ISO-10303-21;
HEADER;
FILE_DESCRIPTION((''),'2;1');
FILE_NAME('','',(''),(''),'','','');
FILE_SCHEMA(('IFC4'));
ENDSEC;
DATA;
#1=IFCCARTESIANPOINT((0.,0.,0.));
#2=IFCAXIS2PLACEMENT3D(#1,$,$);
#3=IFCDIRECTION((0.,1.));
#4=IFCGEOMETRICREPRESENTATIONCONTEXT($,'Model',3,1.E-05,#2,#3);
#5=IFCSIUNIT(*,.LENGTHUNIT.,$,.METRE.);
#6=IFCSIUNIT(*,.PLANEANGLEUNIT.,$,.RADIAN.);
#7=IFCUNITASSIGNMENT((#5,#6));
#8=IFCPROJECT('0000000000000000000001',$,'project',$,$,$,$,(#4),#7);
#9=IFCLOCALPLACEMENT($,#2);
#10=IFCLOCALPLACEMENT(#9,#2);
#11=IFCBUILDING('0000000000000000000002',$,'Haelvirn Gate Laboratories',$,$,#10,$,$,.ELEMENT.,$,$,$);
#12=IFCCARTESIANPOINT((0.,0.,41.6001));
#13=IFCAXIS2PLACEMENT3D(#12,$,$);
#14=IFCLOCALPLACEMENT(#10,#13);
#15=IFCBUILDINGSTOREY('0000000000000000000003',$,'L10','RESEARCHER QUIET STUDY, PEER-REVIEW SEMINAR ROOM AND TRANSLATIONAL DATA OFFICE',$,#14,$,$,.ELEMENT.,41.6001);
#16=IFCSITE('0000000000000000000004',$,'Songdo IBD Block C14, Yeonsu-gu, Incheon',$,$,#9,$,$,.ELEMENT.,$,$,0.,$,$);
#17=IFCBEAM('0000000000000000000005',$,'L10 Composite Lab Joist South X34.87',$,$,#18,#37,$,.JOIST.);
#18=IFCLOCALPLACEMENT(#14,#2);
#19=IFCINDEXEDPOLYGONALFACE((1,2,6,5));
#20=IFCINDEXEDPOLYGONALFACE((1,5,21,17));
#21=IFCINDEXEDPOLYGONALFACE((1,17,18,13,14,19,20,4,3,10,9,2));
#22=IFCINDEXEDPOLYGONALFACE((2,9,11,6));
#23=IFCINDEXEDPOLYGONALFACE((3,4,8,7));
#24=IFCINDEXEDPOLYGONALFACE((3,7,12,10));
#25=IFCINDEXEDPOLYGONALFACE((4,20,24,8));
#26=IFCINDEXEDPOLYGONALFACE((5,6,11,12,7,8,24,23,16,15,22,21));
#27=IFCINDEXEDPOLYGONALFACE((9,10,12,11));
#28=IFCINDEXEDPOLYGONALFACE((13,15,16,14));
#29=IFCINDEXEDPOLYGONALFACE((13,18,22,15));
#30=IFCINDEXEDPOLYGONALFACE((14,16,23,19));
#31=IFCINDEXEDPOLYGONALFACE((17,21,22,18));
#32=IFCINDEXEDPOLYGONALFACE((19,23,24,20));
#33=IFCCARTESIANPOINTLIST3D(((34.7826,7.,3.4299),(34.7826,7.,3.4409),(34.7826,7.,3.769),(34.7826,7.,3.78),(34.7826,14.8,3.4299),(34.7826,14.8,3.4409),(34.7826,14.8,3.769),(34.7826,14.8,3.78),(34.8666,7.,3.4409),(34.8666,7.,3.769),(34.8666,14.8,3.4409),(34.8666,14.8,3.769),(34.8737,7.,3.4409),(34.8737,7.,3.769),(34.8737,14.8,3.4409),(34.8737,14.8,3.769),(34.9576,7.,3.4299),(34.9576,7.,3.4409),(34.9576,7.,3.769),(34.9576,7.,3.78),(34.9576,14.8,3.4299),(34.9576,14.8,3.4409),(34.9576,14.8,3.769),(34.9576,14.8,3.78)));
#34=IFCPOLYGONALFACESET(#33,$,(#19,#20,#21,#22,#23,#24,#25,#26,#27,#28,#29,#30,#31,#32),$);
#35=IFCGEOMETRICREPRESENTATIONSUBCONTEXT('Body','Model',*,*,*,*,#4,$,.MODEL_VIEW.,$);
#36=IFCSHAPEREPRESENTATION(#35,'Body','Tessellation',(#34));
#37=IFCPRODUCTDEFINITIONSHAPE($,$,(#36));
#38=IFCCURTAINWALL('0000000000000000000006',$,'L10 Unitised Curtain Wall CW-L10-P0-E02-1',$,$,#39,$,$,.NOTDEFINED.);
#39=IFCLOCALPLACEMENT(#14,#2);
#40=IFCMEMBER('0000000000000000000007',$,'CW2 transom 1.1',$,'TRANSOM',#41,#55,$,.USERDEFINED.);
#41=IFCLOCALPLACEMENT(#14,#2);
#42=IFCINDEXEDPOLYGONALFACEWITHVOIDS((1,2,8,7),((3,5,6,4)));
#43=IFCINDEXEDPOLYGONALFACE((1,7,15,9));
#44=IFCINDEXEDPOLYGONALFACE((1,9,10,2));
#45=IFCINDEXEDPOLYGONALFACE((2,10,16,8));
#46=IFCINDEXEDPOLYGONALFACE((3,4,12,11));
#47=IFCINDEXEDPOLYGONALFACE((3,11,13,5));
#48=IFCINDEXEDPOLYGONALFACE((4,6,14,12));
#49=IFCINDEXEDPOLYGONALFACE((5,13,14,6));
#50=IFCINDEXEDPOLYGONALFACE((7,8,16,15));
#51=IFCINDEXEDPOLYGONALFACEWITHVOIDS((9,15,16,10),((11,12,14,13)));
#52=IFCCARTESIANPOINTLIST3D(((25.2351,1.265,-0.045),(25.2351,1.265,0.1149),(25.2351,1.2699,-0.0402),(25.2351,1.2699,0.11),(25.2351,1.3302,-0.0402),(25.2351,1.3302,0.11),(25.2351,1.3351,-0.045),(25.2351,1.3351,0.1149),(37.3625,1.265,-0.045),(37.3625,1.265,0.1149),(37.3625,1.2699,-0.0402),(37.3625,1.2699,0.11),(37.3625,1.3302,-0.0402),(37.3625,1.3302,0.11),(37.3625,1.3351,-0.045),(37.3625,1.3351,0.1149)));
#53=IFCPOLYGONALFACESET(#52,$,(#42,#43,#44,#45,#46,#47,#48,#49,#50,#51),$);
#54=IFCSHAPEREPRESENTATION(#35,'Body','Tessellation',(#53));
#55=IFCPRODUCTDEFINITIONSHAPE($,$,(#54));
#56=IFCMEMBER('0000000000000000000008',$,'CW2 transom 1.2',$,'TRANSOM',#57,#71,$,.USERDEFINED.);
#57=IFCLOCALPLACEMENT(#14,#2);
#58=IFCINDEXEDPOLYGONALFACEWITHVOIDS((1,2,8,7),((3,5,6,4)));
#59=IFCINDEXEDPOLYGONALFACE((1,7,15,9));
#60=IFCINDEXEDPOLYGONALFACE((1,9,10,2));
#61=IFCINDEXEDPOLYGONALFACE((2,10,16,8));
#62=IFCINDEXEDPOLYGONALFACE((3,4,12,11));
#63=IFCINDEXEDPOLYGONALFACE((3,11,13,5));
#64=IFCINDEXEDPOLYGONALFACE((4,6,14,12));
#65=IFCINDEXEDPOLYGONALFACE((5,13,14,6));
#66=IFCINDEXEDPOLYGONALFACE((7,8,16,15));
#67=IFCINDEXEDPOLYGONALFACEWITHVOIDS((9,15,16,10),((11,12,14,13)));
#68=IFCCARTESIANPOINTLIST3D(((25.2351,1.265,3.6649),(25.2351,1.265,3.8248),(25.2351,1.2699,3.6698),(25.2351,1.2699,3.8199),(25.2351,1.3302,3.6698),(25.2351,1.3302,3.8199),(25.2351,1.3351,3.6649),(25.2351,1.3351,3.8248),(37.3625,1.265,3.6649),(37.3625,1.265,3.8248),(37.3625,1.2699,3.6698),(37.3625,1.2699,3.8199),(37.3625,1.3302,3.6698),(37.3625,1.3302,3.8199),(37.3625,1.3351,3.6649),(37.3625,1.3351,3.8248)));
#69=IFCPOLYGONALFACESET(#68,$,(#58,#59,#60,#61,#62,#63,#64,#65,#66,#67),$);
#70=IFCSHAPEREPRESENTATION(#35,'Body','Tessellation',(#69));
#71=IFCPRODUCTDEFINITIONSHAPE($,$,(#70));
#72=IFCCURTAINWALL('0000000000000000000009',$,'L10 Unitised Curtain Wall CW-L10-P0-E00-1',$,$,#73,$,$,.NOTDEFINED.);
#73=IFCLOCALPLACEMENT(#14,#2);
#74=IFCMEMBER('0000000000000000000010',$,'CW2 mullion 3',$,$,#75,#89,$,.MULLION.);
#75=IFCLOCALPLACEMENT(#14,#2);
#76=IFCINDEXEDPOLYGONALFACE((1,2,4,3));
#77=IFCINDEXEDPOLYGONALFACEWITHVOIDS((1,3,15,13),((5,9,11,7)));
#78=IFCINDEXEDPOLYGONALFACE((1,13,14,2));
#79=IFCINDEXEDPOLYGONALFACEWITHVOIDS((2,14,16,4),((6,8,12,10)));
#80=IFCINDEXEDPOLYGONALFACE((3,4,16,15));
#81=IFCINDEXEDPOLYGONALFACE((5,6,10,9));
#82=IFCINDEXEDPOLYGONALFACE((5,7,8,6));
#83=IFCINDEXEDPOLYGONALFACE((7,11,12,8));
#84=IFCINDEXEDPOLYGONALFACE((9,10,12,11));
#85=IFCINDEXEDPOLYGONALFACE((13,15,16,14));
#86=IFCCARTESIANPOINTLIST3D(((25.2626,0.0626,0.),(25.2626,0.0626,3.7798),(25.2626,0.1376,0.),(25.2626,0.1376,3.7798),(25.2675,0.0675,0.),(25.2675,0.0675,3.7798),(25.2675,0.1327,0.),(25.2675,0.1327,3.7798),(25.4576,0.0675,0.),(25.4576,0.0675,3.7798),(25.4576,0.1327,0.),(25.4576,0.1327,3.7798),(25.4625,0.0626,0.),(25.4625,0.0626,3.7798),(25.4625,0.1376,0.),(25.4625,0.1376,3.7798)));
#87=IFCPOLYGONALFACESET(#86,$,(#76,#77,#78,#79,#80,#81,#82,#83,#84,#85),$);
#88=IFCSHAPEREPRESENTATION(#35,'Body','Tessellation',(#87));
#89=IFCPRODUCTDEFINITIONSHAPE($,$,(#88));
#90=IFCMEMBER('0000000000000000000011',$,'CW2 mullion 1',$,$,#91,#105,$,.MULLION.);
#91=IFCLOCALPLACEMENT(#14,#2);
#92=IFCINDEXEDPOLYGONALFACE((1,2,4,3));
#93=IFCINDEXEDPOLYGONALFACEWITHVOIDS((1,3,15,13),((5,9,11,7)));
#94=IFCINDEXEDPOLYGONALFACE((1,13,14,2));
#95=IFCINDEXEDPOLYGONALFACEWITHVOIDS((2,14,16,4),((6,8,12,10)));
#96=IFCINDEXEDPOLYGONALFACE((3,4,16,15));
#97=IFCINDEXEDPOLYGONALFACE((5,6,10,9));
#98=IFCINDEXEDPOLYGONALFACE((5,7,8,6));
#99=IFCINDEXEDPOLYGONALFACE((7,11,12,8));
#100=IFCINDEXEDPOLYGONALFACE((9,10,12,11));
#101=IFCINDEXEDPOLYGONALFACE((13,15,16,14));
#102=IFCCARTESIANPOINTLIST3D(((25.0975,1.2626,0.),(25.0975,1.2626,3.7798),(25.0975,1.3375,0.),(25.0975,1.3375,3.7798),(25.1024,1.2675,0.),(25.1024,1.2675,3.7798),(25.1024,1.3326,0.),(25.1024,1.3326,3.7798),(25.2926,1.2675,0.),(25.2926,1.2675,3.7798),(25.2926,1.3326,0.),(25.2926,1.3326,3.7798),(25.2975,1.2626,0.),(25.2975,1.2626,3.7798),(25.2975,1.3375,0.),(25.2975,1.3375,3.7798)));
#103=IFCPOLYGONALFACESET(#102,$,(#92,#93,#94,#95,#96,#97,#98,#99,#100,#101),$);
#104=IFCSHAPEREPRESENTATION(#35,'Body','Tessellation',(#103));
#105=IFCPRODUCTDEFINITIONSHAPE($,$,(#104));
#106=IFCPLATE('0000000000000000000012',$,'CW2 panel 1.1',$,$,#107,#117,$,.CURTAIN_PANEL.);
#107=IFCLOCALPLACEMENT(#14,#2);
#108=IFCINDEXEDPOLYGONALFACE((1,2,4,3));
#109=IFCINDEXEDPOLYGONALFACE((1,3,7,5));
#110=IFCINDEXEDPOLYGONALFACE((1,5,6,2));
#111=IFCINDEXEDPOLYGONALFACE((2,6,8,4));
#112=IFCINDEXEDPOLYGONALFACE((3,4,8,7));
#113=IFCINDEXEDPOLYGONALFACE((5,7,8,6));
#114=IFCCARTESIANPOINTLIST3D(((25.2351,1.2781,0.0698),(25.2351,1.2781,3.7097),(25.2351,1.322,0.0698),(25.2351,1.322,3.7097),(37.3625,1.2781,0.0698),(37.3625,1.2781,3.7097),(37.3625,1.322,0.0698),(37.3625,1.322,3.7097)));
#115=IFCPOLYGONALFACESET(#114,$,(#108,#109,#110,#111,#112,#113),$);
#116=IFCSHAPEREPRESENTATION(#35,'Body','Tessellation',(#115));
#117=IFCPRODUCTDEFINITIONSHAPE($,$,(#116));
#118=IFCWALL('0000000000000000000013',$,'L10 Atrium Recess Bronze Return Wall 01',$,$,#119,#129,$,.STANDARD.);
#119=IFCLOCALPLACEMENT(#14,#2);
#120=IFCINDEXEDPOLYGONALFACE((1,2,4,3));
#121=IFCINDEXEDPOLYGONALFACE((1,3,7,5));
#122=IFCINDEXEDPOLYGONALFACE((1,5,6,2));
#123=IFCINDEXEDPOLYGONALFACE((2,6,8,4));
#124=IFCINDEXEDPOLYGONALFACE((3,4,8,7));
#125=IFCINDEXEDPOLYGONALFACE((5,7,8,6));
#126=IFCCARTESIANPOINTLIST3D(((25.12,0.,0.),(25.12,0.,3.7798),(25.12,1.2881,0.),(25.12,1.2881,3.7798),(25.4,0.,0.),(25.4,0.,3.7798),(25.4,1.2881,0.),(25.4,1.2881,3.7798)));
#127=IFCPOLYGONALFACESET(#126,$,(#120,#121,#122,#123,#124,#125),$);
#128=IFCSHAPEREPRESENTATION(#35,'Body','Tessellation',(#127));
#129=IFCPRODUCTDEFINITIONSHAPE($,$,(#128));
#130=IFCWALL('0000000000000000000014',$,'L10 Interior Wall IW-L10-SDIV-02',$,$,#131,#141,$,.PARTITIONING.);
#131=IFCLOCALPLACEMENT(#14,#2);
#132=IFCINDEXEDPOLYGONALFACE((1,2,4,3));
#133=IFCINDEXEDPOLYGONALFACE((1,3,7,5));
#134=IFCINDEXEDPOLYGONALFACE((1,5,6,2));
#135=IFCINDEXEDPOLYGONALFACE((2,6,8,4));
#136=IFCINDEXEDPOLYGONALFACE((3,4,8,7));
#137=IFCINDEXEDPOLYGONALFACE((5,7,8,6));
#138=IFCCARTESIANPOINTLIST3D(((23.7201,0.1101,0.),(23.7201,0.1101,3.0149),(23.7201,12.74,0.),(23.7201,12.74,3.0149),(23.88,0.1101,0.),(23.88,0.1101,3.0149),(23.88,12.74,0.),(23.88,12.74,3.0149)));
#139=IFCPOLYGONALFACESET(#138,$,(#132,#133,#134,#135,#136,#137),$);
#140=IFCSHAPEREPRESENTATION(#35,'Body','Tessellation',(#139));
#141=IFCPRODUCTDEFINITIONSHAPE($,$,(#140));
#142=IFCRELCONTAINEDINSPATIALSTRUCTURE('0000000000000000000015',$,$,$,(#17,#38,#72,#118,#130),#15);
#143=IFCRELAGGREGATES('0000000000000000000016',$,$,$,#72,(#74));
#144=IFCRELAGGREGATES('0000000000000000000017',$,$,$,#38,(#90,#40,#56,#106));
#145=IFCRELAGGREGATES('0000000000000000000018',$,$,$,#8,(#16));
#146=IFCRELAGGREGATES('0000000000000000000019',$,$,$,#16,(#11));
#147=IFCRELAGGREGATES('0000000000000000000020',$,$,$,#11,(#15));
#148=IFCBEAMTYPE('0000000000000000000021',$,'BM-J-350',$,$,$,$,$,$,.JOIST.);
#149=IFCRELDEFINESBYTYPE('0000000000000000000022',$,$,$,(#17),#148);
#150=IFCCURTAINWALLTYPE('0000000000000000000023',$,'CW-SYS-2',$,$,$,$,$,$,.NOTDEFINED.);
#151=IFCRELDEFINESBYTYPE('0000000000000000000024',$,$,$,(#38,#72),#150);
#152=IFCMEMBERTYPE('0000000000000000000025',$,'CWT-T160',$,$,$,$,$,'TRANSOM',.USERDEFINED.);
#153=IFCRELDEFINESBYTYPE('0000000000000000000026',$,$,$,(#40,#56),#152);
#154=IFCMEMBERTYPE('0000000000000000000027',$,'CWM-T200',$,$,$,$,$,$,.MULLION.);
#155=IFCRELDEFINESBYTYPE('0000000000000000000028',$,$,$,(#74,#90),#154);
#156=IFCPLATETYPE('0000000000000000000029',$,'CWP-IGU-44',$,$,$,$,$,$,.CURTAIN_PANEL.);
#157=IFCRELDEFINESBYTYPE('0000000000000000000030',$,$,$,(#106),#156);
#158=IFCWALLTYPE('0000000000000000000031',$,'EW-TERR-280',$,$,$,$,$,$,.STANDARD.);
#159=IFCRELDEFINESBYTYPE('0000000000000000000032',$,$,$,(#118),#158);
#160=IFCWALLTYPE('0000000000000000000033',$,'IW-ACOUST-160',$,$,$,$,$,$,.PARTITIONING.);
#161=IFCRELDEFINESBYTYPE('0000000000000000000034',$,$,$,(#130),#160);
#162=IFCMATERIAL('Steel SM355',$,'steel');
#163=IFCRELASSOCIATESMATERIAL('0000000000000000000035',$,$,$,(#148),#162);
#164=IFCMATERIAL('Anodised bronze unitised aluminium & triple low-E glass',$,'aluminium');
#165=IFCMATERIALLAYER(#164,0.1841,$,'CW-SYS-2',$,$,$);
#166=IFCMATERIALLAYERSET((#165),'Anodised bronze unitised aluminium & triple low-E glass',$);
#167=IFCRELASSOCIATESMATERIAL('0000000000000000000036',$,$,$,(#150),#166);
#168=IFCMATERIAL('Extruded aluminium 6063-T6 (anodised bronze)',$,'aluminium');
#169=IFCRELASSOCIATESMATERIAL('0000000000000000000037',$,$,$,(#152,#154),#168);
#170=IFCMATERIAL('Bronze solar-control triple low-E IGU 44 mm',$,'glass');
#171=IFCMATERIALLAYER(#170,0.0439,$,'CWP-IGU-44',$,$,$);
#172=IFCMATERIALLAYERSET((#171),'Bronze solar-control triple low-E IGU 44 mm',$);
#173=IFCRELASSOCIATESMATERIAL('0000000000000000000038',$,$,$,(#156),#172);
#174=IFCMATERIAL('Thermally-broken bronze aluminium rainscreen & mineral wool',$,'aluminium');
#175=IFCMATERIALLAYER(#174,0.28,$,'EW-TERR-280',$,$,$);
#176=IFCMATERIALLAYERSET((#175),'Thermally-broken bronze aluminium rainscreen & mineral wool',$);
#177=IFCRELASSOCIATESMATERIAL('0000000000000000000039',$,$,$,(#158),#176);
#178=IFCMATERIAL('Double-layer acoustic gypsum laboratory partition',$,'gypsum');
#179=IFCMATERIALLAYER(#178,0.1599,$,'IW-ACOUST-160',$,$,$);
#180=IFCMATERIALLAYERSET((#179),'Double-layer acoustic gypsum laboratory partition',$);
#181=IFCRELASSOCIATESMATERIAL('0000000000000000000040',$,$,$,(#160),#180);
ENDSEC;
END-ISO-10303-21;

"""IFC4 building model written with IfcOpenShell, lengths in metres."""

from ifc_helpers import new_model, si_unit, direction, frame, frame_2d, origin, origin_2d, place, context, subcontext, project, spatial, rectangle, hollow_rectangle, i_section, extrude, source, transform, mapped, material, layer, layer_set, material_profile, profile_set, type_object, type_shapes, element, aggregate, save


model = new_model("IFC4")

# Units and contexts
model_context = context("Model", 3, precision=1e-05, world=origin(), true_north=direction((0.0, 1.0)))
body_context = subcontext(model_context, "Body", "Model", "MODEL_VIEW")
ifc_project = project(units=[si_unit("LENGTHUNIT", "METRE"), si_unit("PLANEANGLEUNIT", "RADIAN")], contexts=[model_context])

# Site, building, storey
site_placement = place(None, origin())
site = spatial("IfcSite", under=ifc_project, at=site_placement, Name="Songdo IBD Block C14, Yeonsu-gu, Incheon", CompositionType="ELEMENT", RefElevation=0.0)
building_placement = place(site_placement, origin())
building = spatial("IfcBuilding", under=site, at=building_placement, Name="Haelvirn Gate Laboratories", CompositionType="ELEMENT")
storey_placement = place(building_placement, frame((0.0, 0.0, 41.6001)))
storey = spatial("IfcBuildingStorey", under=building, at=storey_placement, Name="L10", Description="RESEARCHER QUIET STUDY, PEER-REVIEW SEMINAR ROOM AND TRANSLATIONAL DATA OFFICE", CompositionType="ELEMENT", Elevation=41.6001)

# Beam
ifc_material_1 = material(Name="Steel SM355", Category="steel")
ifc_material_profile_1 = material_profile(ifc_material_1, i_section(OverallWidth=0.175, OverallDepth=0.3501, WebThickness=0.0071, FlangeThickness=0.011, at=origin_2d()), Name="H-350x175x7x11")
ifc_profile_set_1 = profile_set([ifc_material_profile_1], Name="Steel SM355")
beam_type_1 = type_object("IfcBeamType", Name="BM-J-350", PredefinedType="JOIST", material=ifc_profile_set_1)
shared_shape_1 = source(origin(), body_context, "Body", "SweptSolid", [
    extrude(i_section(OverallWidth=0.175, OverallDepth=0.3501, WebThickness=0.0071, FlangeThickness=0.011, at=origin_2d()), origin(), (0.0, 0.0, 1.0), 7.8),
])
type_shapes(beam_type_1, [shared_shape_1])
for number, where, z_axis, x_axis, name in (
    (1, (34.8701, 7.0, 3.605), (0.0, 1.0, 0.0), (-1.0, 0.0, 0.0), "L10 Composite Lab Joist South X34.87"),
):
    element("IfcBeam", number, at=place(storey_placement, frame(where, z_axis=z_axis, x_axis=x_axis)), inside=storey, type_object=beam_type_1, Name=name, PredefinedType="JOIST", context=body_context, shape_type="MappedRepresentation", body=[
        mapped(shared_shape_1, transform((0.0, 0.0, 0.0), scale=1.0)),
    ])

# Curtain wall, members
ifc_material_2 = material(Name="Anodised bronze unitised aluminium & triple low-E glass", Category="aluminium")
ifc_layer_1 = layer(ifc_material_2, 0.1841, Name="CW-SYS-2")
ifc_layer_set_1 = layer_set([ifc_layer_1], Name="Anodised bronze unitised aluminium & triple low-E glass")
curtain_wall_type = type_object("IfcCurtainWallType", Name="CW-SYS-2", PredefinedType="NOTDEFINED", material=ifc_layer_set_1)
curtain_wall_1_placement = place(storey_placement, origin())
curtain_wall_1 = element("IfcCurtainWall", 2, at=curtain_wall_1_placement, inside=storey, type_object=curtain_wall_type, Name="L10 Unitised Curtain Wall CW-L10-P0-E02-1", PredefinedType="NOTDEFINED")
ifc_material_3 = material(Name="Extruded aluminium 6063-T6 (anodised bronze)", Category="aluminium")
ifc_material_profile_2 = material_profile(ifc_material_3, hollow_rectangle(XDim=0.0701, YDim=0.1599, WallThickness=0.0049, at=origin_2d()), Name="CWT-160x70x5")
ifc_profile_set_2 = profile_set([ifc_material_profile_2], Name="Extruded aluminium 6063-T6 (anodised bronze)")
member_type_1 = type_object("IfcMemberType", Name="CWT-T160", ElementType="TRANSOM", PredefinedType="USERDEFINED", material=ifc_profile_set_2)
shared_shape_2 = source(origin(), body_context, "Body", "SweptSolid", [
    extrude(hollow_rectangle(XDim=0.0701, YDim=0.1599, WallThickness=0.0049, at=origin_2d()), origin(), (0.0, 0.0, 1.0), 12.1274),
])
type_shapes(member_type_1, [shared_shape_2])
member_1_placement = place(storey_placement, frame((25.2351, 1.3, 0.0349), z_axis=(1.0, 0.0, 0.0), x_axis=(0.0, 1.0, 0.0)))
member_1 = element("IfcMember", 3, at=member_1_placement, type_object=member_type_1, Name="CW2 transom 1.1", ObjectType="TRANSOM", PredefinedType="USERDEFINED", context=body_context, shape_type="MappedRepresentation", body=[
    mapped(shared_shape_2, transform((0.0, 0.0, 0.0), scale=1.0)),
])
member_2_placement = place(storey_placement, frame((25.2351, 1.3, 3.7449), z_axis=(1.0, 0.0, 0.0), x_axis=(0.0, 1.0, 0.0)))
member_2 = element("IfcMember", 4, at=member_2_placement, type_object=member_type_1, Name="CW2 transom 1.2", ObjectType="TRANSOM", PredefinedType="USERDEFINED", context=body_context, shape_type="MappedRepresentation", body=[
    mapped(shared_shape_2, transform((0.0, 0.0, 0.0), scale=1.0)),
])

# Curtain wall, member
curtain_wall_2_placement = place(storey_placement, origin())
curtain_wall_2 = element("IfcCurtainWall", 5, at=curtain_wall_2_placement, inside=storey, type_object=curtain_wall_type, Name="L10 Unitised Curtain Wall CW-L10-P0-E00-1", PredefinedType="NOTDEFINED")
ifc_material_profile_3 = material_profile(ifc_material_3, hollow_rectangle(XDim=0.075, YDim=0.2, WallThickness=0.0049, at=origin_2d()), Name="CWM-200x75x5")
ifc_profile_set_3 = profile_set([ifc_material_profile_3], Name="Extruded aluminium 6063-T6 (anodised bronze)")
member_type_2 = type_object("IfcMemberType", Name="CWM-T200", PredefinedType="MULLION", material=ifc_profile_set_3)
shared_shape_3 = source(origin(), body_context, "Body", "SweptSolid", [
    extrude(hollow_rectangle(XDim=0.075, YDim=0.2, WallThickness=0.0049, at=origin_2d()), origin(), (0.0, 0.0, 1.0), 3.7798),
])
type_shapes(member_type_2, [shared_shape_3])
member_3_placement = place(storey_placement, frame((25.3625, 0.1001, 0.0), z_axis=(0.0, 0.0, 1.0), x_axis=(0.0, 1.0, 0.0)))
member_3 = element("IfcMember", 6, at=member_3_placement, type_object=member_type_2, Name="CW2 mullion 3", PredefinedType="MULLION", context=body_context, shape_type="MappedRepresentation", body=[
    mapped(shared_shape_3, transform((0.0, 0.0, 0.0), scale=1.0)),
])
aggregate(curtain_wall_2, [member_3])

# Member
member_4_placement = place(storey_placement, frame((25.1975, 1.3, 0.0), z_axis=(0.0, 0.0, 1.0), x_axis=(0.0, 1.0, 0.0)))
member_4 = element("IfcMember", 7, at=member_4_placement, type_object=member_type_2, Name="CW2 mullion 1", PredefinedType="MULLION", context=body_context, shape_type="MappedRepresentation", body=[
    mapped(shared_shape_3, transform((0.0, 0.0, 0.0), scale=1.0)),
])

# Plate
ifc_material_4 = material(Name="Bronze solar-control triple low-E IGU 44 mm", Category="glass")
ifc_layer_2 = layer(ifc_material_4, 0.0439, Name="CWP-IGU-44")
ifc_layer_set_2 = layer_set([ifc_layer_2], Name="Bronze solar-control triple low-E IGU 44 mm")
plate_type = type_object("IfcPlateType", Name="CWP-IGU-44", PredefinedType="CURTAIN_PANEL", material=ifc_layer_set_2)
shared_shape_4 = source(origin(), body_context, "Body", "SweptSolid", [
    extrude(rectangle(XDim=12.1274, YDim=0.0439, at=origin_2d()), origin(), (0.0, 0.0, 1.0), 3.6399),
])
type_shapes(plate_type, [shared_shape_4])
plate_placement = place(storey_placement, frame((31.2988, 1.3, 0.0698), z_axis=(0.0, 0.0, 1.0), x_axis=(1.0, 0.0, 0.0)))
plate = element("IfcPlate", 8, at=plate_placement, type_object=plate_type, Name="CW2 panel 1.1", PredefinedType="CURTAIN_PANEL", context=body_context, shape_type="MappedRepresentation", body=[
    mapped(shared_shape_4, transform((0.0, 0.0, 0.0), scale=1.0)),
])
aggregate(curtain_wall_1, [member_4, member_1, member_2, plate])

# Walls
ifc_material_5 = material(Name="Thermally-broken bronze aluminium rainscreen & mineral wool", Category="aluminium")
ifc_layer_3 = layer(ifc_material_5, 0.28, Name="EW-TERR-280")
ifc_layer_set_3 = layer_set([ifc_layer_3], Name="Thermally-broken bronze aluminium rainscreen & mineral wool")
wall_type_1 = type_object("IfcWallType", Name="EW-TERR-280", PredefinedType="STANDARD", material=ifc_layer_set_3)
wall_1_placement = place(storey_placement, frame((25.26, 0.0, 0.0), z_axis=(0.0, 0.0, 1.0), x_axis=(0.0, 1.0, 0.0)))
element("IfcWall", 9, at=wall_1_placement, inside=storey, type_object=wall_type_1, Name="L10 Atrium Recess Bronze Return Wall 01", PredefinedType="STANDARD", context=body_context, shape_type="SweptSolid", body=[
    extrude(rectangle(XDim=1.2881, YDim=0.28, at=frame_2d((0.644, 0.0))), origin(), (0.0, 0.0, 1.0), 3.7798),
])
ifc_material_6 = material(Name="Double-layer acoustic gypsum laboratory partition", Category="gypsum")
ifc_layer_4 = layer(ifc_material_6, 0.1599, Name="IW-ACOUST-160")
ifc_layer_set_4 = layer_set([ifc_layer_4], Name="Double-layer acoustic gypsum laboratory partition")
wall_type_2 = type_object("IfcWallType", Name="IW-ACOUST-160", PredefinedType="PARTITIONING", material=ifc_layer_set_4)
wall_2_placement = place(storey_placement, frame((23.8, 0.1101, 0.0), z_axis=(0.0, 0.0, 1.0), x_axis=(0.0, 1.0, 0.0)))
element("IfcWall", 10, at=wall_2_placement, inside=storey, type_object=wall_type_2, Name="L10 Interior Wall IW-L10-SDIV-02", PredefinedType="PARTITIONING", context=body_context, shape_type="SweptSolid", body=[
    extrude(rectangle(XDim=12.6299, YDim=0.1599, at=frame_2d((6.3149, 0.0))), origin(), (0.0, 0.0, 1.0), 3.0149),
])

save(model, "model.ifc")
